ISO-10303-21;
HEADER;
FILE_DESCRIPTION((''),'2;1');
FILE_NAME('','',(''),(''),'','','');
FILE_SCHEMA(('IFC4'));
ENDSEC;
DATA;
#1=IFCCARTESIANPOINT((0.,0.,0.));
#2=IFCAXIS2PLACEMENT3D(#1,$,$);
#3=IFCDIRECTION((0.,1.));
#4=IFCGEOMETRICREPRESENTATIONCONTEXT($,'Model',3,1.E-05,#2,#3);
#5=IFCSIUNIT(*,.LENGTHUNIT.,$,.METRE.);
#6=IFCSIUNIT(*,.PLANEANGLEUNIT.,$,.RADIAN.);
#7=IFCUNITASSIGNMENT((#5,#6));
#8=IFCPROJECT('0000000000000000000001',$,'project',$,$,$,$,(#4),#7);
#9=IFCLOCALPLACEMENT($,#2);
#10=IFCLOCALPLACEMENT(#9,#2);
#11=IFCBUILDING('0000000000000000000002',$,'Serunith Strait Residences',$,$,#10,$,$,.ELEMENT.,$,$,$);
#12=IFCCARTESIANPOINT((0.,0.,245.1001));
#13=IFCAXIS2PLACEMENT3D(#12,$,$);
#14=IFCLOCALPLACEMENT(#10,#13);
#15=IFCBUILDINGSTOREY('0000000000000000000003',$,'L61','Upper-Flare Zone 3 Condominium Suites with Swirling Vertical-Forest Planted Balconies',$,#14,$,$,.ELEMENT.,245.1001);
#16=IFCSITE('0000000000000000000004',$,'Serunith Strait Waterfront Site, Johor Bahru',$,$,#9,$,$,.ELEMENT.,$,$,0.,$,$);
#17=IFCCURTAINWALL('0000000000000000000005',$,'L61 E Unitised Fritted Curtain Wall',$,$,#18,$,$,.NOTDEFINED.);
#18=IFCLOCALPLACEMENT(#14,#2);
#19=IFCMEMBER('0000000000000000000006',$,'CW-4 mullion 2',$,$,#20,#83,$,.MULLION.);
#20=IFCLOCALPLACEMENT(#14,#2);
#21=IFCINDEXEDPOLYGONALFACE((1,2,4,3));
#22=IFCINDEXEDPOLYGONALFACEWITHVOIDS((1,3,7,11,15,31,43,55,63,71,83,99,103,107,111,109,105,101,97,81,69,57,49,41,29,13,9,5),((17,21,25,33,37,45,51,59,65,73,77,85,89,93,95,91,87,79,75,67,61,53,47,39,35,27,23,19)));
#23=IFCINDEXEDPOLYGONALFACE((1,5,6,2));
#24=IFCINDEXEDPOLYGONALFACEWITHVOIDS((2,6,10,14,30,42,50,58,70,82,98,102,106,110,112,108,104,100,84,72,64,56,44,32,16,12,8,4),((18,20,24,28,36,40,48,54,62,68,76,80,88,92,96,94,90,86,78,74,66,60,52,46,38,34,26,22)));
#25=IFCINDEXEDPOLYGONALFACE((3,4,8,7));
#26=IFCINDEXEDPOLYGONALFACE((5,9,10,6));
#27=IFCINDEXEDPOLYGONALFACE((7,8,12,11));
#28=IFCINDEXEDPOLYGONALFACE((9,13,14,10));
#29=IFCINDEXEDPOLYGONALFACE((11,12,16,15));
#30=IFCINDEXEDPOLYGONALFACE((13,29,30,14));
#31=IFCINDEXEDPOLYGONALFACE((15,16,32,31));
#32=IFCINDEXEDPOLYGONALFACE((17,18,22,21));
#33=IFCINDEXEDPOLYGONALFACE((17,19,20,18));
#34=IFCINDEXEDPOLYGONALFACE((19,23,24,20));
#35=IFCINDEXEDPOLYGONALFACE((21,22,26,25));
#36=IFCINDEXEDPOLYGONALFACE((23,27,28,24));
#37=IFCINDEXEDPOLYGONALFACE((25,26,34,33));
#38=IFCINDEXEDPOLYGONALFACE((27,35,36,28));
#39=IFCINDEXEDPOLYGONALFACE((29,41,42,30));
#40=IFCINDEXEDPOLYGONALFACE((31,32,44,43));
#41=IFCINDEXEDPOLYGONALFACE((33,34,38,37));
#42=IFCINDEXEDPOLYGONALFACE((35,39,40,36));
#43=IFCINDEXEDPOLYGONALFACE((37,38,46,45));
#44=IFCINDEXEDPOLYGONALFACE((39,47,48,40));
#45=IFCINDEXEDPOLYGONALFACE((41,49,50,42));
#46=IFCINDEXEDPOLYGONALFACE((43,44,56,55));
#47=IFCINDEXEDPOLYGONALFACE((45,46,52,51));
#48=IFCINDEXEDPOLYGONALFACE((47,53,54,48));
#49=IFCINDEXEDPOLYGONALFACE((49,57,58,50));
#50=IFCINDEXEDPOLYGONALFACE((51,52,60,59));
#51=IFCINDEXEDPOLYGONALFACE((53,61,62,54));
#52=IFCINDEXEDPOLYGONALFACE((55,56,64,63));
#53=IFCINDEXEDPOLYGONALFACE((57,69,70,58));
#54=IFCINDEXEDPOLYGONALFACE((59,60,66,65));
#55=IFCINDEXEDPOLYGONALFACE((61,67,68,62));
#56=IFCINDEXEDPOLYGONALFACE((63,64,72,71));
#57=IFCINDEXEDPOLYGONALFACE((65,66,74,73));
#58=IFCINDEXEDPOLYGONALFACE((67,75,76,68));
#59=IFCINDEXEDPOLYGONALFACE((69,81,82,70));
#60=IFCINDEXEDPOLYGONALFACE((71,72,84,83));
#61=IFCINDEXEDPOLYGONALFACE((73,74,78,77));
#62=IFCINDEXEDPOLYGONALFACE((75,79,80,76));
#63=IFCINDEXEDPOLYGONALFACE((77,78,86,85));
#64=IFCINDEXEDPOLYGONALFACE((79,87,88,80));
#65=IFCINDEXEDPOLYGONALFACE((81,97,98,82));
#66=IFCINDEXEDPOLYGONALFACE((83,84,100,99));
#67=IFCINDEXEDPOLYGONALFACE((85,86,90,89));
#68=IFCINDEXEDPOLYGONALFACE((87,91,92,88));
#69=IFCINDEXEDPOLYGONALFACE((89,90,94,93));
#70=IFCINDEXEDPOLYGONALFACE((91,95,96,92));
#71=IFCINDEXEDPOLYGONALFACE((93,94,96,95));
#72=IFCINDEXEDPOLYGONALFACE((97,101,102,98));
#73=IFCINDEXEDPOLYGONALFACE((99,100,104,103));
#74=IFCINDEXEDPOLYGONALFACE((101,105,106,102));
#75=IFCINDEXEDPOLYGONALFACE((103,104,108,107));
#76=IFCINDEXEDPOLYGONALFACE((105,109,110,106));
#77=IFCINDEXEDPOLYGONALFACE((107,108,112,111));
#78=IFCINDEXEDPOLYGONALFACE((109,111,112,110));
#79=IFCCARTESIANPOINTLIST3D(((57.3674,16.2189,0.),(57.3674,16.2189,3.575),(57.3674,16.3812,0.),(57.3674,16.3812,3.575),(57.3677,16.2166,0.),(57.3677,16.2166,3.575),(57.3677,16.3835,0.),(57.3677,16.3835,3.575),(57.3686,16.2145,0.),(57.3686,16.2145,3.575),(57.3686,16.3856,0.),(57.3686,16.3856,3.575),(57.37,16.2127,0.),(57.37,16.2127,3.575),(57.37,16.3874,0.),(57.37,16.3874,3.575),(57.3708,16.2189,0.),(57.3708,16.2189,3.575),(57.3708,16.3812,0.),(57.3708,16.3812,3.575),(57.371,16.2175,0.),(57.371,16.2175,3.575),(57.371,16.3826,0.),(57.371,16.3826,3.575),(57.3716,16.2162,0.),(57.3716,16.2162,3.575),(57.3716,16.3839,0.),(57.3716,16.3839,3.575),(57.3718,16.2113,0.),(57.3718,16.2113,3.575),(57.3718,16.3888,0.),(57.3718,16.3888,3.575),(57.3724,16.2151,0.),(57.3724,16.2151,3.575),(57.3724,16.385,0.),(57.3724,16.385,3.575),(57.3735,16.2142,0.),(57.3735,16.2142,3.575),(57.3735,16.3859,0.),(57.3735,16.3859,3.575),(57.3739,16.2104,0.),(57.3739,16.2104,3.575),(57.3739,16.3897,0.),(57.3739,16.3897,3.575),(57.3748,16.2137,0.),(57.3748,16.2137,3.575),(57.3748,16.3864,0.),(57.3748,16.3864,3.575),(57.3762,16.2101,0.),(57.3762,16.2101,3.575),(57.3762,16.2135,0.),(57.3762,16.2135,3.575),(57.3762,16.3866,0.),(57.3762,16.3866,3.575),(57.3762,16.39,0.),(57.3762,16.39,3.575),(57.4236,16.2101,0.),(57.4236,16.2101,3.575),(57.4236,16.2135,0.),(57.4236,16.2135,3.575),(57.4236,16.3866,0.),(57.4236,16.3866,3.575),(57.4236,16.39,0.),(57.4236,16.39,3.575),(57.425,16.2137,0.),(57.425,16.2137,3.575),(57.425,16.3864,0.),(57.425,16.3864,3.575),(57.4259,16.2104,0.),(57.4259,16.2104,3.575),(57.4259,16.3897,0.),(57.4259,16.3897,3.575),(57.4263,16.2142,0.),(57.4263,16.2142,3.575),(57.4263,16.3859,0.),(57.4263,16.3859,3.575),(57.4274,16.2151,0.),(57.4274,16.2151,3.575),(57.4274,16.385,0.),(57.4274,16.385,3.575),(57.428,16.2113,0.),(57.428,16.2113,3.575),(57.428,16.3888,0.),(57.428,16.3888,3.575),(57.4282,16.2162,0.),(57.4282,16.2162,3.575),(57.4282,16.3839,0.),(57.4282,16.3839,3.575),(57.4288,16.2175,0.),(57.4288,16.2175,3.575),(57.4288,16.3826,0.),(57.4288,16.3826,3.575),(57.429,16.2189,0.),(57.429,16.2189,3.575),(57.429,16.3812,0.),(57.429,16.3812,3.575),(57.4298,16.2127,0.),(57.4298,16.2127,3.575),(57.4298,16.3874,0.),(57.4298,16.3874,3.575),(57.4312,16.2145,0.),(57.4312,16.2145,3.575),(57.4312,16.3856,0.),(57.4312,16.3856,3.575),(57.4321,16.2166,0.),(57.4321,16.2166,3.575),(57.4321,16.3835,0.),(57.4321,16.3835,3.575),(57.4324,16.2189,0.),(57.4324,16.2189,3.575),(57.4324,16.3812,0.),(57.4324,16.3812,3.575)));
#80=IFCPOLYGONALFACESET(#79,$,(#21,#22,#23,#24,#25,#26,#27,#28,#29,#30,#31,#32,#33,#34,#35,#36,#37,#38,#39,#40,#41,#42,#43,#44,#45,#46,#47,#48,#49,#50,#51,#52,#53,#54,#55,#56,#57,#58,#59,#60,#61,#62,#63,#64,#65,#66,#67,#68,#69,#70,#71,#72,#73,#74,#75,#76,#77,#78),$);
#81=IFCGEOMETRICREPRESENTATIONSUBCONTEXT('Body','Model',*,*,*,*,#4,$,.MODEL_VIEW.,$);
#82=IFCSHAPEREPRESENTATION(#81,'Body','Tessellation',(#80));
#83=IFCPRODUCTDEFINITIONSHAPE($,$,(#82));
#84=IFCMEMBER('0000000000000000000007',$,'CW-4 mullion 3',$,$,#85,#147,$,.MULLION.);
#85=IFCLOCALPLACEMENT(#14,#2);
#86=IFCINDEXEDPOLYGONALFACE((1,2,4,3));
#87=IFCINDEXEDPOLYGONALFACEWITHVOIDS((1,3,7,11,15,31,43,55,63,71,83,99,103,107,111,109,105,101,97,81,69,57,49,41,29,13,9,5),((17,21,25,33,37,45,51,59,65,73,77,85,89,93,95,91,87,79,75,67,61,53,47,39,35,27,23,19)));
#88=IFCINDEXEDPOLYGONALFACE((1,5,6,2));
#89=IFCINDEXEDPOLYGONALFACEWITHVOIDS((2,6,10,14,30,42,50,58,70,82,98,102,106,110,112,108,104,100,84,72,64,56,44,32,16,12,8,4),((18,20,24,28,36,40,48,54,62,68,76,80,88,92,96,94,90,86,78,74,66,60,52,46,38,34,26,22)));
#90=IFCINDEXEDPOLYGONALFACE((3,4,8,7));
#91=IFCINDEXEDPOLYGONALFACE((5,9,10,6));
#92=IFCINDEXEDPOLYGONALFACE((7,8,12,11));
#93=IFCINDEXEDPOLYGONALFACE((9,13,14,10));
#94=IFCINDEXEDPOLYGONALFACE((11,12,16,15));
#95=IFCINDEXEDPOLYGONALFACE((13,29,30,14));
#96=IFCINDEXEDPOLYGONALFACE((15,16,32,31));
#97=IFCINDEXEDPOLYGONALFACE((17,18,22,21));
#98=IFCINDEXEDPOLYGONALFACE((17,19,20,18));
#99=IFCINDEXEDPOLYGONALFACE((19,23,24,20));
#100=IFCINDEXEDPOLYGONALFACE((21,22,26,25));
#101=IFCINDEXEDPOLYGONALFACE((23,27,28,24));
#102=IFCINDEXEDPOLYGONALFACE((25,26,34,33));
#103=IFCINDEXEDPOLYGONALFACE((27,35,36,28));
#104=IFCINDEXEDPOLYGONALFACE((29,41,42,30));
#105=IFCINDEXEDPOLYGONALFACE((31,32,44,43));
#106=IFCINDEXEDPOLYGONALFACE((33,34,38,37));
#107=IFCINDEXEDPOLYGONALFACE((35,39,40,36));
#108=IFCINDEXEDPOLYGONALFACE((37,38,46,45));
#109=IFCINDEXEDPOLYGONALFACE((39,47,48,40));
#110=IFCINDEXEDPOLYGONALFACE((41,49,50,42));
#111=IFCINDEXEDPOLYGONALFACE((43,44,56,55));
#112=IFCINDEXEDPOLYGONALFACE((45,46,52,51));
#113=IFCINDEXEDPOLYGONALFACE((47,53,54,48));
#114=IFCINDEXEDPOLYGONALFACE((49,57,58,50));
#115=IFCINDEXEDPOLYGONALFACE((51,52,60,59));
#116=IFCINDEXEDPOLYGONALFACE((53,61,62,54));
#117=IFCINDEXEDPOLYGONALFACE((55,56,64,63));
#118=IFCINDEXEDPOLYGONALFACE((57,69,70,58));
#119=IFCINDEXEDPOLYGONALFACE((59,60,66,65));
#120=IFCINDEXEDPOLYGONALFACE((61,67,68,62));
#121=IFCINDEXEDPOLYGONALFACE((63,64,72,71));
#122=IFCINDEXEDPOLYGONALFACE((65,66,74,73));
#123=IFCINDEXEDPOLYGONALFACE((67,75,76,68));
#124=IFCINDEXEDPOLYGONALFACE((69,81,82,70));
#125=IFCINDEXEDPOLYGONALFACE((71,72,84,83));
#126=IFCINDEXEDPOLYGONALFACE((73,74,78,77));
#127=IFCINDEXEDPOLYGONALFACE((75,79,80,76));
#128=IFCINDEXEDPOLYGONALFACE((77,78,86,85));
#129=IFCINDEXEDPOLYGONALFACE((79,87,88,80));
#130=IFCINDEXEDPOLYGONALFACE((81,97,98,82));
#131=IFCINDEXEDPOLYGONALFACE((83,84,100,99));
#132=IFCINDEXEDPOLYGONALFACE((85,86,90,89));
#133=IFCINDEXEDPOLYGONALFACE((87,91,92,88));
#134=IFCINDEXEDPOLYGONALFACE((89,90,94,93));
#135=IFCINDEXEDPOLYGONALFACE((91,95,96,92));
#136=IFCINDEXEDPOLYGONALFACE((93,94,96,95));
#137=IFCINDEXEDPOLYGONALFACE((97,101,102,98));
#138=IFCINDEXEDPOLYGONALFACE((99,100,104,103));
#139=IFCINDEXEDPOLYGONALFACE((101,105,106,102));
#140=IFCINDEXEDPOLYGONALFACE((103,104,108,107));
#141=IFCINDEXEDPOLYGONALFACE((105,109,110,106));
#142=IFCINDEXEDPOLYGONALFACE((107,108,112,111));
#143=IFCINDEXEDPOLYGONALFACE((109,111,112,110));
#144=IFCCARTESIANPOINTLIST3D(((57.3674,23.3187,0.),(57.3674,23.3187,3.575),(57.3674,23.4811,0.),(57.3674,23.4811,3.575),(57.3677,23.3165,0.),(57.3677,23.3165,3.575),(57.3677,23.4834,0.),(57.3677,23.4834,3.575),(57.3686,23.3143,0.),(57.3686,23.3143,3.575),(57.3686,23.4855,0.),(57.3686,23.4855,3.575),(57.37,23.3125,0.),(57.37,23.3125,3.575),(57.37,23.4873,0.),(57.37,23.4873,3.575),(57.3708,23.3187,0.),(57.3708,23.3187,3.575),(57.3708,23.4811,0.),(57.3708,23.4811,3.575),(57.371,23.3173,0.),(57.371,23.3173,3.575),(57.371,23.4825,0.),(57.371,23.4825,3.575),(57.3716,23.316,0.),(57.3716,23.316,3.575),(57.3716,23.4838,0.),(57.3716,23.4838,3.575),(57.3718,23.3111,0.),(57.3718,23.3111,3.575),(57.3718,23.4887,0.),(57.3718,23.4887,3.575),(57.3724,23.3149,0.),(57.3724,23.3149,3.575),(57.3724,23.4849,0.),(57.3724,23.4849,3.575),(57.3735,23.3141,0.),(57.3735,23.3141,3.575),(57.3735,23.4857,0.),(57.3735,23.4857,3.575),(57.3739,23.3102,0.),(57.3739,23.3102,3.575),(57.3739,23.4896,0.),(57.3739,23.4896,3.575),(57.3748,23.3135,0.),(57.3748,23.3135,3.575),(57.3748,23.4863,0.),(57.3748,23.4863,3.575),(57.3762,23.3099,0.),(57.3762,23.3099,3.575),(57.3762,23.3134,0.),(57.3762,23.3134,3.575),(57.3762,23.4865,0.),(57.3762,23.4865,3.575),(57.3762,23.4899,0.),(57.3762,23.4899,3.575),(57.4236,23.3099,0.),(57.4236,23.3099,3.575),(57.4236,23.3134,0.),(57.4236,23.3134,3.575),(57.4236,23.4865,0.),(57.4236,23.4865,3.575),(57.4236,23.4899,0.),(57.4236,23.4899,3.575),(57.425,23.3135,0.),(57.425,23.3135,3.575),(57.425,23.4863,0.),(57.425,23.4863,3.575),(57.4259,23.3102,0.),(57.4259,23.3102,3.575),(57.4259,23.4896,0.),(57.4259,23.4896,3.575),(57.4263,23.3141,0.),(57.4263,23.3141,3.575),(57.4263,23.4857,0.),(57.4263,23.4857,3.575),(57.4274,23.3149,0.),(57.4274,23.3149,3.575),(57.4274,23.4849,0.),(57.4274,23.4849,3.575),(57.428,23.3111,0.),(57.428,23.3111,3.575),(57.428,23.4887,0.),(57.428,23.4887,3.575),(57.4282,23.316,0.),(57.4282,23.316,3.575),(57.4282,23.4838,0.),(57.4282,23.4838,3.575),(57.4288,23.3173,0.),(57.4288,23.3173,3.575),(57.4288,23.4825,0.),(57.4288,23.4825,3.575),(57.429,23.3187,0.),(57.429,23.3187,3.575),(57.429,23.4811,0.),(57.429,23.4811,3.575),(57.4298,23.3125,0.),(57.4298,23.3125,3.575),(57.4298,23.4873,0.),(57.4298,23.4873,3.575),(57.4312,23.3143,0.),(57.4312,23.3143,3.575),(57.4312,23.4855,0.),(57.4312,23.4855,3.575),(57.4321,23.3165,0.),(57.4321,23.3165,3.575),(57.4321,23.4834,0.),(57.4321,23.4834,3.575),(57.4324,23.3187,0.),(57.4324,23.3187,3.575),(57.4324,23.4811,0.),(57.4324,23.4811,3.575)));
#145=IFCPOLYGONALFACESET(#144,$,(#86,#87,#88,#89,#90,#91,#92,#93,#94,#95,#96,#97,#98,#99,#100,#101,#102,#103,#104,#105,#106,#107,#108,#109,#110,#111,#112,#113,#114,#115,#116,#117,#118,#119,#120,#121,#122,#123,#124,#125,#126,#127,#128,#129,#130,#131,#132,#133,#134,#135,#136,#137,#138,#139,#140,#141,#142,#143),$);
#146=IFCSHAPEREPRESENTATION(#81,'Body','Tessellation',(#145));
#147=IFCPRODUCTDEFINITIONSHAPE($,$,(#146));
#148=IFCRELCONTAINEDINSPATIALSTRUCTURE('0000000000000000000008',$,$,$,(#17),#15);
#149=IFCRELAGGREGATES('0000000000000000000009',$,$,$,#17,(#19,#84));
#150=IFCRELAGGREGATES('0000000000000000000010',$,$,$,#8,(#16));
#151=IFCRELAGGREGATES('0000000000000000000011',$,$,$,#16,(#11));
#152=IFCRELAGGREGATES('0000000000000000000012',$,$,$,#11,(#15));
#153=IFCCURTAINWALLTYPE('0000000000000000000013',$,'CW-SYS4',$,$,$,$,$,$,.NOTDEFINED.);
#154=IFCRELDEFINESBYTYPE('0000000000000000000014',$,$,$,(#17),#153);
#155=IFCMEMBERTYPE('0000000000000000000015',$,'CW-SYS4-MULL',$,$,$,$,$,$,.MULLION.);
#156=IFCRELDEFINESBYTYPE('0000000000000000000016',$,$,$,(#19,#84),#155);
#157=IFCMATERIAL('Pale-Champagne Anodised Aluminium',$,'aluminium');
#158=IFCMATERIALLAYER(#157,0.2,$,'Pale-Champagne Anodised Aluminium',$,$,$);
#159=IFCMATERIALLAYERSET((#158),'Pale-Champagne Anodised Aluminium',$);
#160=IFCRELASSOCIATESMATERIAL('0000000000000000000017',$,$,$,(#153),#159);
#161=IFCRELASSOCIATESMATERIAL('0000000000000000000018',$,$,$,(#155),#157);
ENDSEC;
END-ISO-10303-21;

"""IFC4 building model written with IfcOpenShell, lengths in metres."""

from ifc_helpers import new_model, si_unit, direction, frame, origin, origin_2d, place, context, subcontext, project, spatial, hollow_rectangle, extrude, source, transform, mapped, material, layer, layer_set, material_profile, profile_set, type_object, element, aggregate, save


model = new_model("IFC4")

# Units and contexts
model_context = context("Model", 3, precision=1e-05, world=origin(), true_north=direction((0.0, 1.0)))
body_context = subcontext(model_context, "Body", "Model", "MODEL_VIEW")
ifc_project = project(units=[si_unit("LENGTHUNIT", "METRE"), si_unit("PLANEANGLEUNIT", "RADIAN")], contexts=[model_context])

# Site, building, storey
site_placement = place(None, origin())
site = spatial("IfcSite", under=ifc_project, at=site_placement, Name="Serunith Strait Waterfront Site, Johor Bahru", CompositionType="ELEMENT", RefElevation=0.0)
building_placement = place(site_placement, origin())
building = spatial("IfcBuilding", under=site, at=building_placement, Name="Serunith Strait Residences", CompositionType="ELEMENT")
storey_placement = place(building_placement, frame((0.0, 0.0, 245.1001)))
storey = spatial("IfcBuildingStorey", under=building, at=storey_placement, Name="L61", Description="Upper-Flare Zone 3 Condominium Suites with Swirling Vertical-Forest Planted Balconies", CompositionType="ELEMENT", Elevation=245.1001)

# Curtain wall, members
ifc_material_1 = material(Name="Pale-Champagne Anodised Aluminium", Category="aluminium")
ifc_layer_1 = layer(ifc_material_1, 0.2, Name="Pale-Champagne Anodised Aluminium")
ifc_layer_set_1 = layer_set([ifc_layer_1], Name="Pale-Champagne Anodised Aluminium")
curtain_wall_type = type_object("IfcCurtainWallType", Name="CW-SYS4", PredefinedType="NOTDEFINED", material=ifc_layer_set_1)
curtain_wall_placement = place(storey_placement, origin())
curtain_wall = element("IfcCurtainWall", 1, at=curtain_wall_placement, inside=storey, type_object=curtain_wall_type, Name="L61 E Unitised Fritted Curtain Wall", PredefinedType="NOTDEFINED")
ifc_material_profile_1 = material_profile(ifc_material_1, hollow_rectangle(XDim=0.0649, YDim=0.1799, WallThickness=0.0034, InnerFilletRadius=0.0054, OuterFilletRadius=0.0088, at=origin_2d()), Name="ALU 180x65x3.5")
ifc_profile_set_1 = profile_set([ifc_material_profile_1], Name="Pale-Champagne Anodised Aluminium")
member_type_1 = type_object("IfcMemberType", Name="CW-SYS4-MULL", PredefinedType="MULLION", material=ifc_profile_set_1)
shared_shape_1 = source(origin(), body_context, "Body", "SweptSolid", [
    extrude(hollow_rectangle(XDim=0.0649, YDim=0.1799, WallThickness=0.0034, InnerFilletRadius=0.0054, OuterFilletRadius=0.0088, at=origin_2d()), origin(), (0.0, 0.0, 1.0), 3.575),
])
member_1_placement = place(storey_placement, frame((57.3999, 16.3, 0.0), z_axis=(0.0, 0.0, 1.0), x_axis=(-1.0, 0.0, 0.0)))
member_1 = element("IfcMember", 2, at=member_1_placement, type_object=member_type_1, Name="CW-4 mullion 2", PredefinedType="MULLION", context=body_context, shape_type="MappedRepresentation", body=[
    mapped(shared_shape_1, transform((0.0, 0.0, 0.0), scale=1.0)),
])
member_2_placement = place(storey_placement, frame((57.3999, 23.3999, 0.0), z_axis=(0.0, 0.0, 1.0), x_axis=(-1.0, 0.0, 0.0)))
member_2 = element("IfcMember", 3, at=member_2_placement, type_object=member_type_1, Name="CW-4 mullion 3", PredefinedType="MULLION", context=body_context, shape_type="MappedRepresentation", body=[
    mapped(shared_shape_1, transform((0.0, 0.0, 0.0), scale=1.0)),
])
aggregate(curtain_wall, [member_1, member_2])

save(model, "model.ifc")
